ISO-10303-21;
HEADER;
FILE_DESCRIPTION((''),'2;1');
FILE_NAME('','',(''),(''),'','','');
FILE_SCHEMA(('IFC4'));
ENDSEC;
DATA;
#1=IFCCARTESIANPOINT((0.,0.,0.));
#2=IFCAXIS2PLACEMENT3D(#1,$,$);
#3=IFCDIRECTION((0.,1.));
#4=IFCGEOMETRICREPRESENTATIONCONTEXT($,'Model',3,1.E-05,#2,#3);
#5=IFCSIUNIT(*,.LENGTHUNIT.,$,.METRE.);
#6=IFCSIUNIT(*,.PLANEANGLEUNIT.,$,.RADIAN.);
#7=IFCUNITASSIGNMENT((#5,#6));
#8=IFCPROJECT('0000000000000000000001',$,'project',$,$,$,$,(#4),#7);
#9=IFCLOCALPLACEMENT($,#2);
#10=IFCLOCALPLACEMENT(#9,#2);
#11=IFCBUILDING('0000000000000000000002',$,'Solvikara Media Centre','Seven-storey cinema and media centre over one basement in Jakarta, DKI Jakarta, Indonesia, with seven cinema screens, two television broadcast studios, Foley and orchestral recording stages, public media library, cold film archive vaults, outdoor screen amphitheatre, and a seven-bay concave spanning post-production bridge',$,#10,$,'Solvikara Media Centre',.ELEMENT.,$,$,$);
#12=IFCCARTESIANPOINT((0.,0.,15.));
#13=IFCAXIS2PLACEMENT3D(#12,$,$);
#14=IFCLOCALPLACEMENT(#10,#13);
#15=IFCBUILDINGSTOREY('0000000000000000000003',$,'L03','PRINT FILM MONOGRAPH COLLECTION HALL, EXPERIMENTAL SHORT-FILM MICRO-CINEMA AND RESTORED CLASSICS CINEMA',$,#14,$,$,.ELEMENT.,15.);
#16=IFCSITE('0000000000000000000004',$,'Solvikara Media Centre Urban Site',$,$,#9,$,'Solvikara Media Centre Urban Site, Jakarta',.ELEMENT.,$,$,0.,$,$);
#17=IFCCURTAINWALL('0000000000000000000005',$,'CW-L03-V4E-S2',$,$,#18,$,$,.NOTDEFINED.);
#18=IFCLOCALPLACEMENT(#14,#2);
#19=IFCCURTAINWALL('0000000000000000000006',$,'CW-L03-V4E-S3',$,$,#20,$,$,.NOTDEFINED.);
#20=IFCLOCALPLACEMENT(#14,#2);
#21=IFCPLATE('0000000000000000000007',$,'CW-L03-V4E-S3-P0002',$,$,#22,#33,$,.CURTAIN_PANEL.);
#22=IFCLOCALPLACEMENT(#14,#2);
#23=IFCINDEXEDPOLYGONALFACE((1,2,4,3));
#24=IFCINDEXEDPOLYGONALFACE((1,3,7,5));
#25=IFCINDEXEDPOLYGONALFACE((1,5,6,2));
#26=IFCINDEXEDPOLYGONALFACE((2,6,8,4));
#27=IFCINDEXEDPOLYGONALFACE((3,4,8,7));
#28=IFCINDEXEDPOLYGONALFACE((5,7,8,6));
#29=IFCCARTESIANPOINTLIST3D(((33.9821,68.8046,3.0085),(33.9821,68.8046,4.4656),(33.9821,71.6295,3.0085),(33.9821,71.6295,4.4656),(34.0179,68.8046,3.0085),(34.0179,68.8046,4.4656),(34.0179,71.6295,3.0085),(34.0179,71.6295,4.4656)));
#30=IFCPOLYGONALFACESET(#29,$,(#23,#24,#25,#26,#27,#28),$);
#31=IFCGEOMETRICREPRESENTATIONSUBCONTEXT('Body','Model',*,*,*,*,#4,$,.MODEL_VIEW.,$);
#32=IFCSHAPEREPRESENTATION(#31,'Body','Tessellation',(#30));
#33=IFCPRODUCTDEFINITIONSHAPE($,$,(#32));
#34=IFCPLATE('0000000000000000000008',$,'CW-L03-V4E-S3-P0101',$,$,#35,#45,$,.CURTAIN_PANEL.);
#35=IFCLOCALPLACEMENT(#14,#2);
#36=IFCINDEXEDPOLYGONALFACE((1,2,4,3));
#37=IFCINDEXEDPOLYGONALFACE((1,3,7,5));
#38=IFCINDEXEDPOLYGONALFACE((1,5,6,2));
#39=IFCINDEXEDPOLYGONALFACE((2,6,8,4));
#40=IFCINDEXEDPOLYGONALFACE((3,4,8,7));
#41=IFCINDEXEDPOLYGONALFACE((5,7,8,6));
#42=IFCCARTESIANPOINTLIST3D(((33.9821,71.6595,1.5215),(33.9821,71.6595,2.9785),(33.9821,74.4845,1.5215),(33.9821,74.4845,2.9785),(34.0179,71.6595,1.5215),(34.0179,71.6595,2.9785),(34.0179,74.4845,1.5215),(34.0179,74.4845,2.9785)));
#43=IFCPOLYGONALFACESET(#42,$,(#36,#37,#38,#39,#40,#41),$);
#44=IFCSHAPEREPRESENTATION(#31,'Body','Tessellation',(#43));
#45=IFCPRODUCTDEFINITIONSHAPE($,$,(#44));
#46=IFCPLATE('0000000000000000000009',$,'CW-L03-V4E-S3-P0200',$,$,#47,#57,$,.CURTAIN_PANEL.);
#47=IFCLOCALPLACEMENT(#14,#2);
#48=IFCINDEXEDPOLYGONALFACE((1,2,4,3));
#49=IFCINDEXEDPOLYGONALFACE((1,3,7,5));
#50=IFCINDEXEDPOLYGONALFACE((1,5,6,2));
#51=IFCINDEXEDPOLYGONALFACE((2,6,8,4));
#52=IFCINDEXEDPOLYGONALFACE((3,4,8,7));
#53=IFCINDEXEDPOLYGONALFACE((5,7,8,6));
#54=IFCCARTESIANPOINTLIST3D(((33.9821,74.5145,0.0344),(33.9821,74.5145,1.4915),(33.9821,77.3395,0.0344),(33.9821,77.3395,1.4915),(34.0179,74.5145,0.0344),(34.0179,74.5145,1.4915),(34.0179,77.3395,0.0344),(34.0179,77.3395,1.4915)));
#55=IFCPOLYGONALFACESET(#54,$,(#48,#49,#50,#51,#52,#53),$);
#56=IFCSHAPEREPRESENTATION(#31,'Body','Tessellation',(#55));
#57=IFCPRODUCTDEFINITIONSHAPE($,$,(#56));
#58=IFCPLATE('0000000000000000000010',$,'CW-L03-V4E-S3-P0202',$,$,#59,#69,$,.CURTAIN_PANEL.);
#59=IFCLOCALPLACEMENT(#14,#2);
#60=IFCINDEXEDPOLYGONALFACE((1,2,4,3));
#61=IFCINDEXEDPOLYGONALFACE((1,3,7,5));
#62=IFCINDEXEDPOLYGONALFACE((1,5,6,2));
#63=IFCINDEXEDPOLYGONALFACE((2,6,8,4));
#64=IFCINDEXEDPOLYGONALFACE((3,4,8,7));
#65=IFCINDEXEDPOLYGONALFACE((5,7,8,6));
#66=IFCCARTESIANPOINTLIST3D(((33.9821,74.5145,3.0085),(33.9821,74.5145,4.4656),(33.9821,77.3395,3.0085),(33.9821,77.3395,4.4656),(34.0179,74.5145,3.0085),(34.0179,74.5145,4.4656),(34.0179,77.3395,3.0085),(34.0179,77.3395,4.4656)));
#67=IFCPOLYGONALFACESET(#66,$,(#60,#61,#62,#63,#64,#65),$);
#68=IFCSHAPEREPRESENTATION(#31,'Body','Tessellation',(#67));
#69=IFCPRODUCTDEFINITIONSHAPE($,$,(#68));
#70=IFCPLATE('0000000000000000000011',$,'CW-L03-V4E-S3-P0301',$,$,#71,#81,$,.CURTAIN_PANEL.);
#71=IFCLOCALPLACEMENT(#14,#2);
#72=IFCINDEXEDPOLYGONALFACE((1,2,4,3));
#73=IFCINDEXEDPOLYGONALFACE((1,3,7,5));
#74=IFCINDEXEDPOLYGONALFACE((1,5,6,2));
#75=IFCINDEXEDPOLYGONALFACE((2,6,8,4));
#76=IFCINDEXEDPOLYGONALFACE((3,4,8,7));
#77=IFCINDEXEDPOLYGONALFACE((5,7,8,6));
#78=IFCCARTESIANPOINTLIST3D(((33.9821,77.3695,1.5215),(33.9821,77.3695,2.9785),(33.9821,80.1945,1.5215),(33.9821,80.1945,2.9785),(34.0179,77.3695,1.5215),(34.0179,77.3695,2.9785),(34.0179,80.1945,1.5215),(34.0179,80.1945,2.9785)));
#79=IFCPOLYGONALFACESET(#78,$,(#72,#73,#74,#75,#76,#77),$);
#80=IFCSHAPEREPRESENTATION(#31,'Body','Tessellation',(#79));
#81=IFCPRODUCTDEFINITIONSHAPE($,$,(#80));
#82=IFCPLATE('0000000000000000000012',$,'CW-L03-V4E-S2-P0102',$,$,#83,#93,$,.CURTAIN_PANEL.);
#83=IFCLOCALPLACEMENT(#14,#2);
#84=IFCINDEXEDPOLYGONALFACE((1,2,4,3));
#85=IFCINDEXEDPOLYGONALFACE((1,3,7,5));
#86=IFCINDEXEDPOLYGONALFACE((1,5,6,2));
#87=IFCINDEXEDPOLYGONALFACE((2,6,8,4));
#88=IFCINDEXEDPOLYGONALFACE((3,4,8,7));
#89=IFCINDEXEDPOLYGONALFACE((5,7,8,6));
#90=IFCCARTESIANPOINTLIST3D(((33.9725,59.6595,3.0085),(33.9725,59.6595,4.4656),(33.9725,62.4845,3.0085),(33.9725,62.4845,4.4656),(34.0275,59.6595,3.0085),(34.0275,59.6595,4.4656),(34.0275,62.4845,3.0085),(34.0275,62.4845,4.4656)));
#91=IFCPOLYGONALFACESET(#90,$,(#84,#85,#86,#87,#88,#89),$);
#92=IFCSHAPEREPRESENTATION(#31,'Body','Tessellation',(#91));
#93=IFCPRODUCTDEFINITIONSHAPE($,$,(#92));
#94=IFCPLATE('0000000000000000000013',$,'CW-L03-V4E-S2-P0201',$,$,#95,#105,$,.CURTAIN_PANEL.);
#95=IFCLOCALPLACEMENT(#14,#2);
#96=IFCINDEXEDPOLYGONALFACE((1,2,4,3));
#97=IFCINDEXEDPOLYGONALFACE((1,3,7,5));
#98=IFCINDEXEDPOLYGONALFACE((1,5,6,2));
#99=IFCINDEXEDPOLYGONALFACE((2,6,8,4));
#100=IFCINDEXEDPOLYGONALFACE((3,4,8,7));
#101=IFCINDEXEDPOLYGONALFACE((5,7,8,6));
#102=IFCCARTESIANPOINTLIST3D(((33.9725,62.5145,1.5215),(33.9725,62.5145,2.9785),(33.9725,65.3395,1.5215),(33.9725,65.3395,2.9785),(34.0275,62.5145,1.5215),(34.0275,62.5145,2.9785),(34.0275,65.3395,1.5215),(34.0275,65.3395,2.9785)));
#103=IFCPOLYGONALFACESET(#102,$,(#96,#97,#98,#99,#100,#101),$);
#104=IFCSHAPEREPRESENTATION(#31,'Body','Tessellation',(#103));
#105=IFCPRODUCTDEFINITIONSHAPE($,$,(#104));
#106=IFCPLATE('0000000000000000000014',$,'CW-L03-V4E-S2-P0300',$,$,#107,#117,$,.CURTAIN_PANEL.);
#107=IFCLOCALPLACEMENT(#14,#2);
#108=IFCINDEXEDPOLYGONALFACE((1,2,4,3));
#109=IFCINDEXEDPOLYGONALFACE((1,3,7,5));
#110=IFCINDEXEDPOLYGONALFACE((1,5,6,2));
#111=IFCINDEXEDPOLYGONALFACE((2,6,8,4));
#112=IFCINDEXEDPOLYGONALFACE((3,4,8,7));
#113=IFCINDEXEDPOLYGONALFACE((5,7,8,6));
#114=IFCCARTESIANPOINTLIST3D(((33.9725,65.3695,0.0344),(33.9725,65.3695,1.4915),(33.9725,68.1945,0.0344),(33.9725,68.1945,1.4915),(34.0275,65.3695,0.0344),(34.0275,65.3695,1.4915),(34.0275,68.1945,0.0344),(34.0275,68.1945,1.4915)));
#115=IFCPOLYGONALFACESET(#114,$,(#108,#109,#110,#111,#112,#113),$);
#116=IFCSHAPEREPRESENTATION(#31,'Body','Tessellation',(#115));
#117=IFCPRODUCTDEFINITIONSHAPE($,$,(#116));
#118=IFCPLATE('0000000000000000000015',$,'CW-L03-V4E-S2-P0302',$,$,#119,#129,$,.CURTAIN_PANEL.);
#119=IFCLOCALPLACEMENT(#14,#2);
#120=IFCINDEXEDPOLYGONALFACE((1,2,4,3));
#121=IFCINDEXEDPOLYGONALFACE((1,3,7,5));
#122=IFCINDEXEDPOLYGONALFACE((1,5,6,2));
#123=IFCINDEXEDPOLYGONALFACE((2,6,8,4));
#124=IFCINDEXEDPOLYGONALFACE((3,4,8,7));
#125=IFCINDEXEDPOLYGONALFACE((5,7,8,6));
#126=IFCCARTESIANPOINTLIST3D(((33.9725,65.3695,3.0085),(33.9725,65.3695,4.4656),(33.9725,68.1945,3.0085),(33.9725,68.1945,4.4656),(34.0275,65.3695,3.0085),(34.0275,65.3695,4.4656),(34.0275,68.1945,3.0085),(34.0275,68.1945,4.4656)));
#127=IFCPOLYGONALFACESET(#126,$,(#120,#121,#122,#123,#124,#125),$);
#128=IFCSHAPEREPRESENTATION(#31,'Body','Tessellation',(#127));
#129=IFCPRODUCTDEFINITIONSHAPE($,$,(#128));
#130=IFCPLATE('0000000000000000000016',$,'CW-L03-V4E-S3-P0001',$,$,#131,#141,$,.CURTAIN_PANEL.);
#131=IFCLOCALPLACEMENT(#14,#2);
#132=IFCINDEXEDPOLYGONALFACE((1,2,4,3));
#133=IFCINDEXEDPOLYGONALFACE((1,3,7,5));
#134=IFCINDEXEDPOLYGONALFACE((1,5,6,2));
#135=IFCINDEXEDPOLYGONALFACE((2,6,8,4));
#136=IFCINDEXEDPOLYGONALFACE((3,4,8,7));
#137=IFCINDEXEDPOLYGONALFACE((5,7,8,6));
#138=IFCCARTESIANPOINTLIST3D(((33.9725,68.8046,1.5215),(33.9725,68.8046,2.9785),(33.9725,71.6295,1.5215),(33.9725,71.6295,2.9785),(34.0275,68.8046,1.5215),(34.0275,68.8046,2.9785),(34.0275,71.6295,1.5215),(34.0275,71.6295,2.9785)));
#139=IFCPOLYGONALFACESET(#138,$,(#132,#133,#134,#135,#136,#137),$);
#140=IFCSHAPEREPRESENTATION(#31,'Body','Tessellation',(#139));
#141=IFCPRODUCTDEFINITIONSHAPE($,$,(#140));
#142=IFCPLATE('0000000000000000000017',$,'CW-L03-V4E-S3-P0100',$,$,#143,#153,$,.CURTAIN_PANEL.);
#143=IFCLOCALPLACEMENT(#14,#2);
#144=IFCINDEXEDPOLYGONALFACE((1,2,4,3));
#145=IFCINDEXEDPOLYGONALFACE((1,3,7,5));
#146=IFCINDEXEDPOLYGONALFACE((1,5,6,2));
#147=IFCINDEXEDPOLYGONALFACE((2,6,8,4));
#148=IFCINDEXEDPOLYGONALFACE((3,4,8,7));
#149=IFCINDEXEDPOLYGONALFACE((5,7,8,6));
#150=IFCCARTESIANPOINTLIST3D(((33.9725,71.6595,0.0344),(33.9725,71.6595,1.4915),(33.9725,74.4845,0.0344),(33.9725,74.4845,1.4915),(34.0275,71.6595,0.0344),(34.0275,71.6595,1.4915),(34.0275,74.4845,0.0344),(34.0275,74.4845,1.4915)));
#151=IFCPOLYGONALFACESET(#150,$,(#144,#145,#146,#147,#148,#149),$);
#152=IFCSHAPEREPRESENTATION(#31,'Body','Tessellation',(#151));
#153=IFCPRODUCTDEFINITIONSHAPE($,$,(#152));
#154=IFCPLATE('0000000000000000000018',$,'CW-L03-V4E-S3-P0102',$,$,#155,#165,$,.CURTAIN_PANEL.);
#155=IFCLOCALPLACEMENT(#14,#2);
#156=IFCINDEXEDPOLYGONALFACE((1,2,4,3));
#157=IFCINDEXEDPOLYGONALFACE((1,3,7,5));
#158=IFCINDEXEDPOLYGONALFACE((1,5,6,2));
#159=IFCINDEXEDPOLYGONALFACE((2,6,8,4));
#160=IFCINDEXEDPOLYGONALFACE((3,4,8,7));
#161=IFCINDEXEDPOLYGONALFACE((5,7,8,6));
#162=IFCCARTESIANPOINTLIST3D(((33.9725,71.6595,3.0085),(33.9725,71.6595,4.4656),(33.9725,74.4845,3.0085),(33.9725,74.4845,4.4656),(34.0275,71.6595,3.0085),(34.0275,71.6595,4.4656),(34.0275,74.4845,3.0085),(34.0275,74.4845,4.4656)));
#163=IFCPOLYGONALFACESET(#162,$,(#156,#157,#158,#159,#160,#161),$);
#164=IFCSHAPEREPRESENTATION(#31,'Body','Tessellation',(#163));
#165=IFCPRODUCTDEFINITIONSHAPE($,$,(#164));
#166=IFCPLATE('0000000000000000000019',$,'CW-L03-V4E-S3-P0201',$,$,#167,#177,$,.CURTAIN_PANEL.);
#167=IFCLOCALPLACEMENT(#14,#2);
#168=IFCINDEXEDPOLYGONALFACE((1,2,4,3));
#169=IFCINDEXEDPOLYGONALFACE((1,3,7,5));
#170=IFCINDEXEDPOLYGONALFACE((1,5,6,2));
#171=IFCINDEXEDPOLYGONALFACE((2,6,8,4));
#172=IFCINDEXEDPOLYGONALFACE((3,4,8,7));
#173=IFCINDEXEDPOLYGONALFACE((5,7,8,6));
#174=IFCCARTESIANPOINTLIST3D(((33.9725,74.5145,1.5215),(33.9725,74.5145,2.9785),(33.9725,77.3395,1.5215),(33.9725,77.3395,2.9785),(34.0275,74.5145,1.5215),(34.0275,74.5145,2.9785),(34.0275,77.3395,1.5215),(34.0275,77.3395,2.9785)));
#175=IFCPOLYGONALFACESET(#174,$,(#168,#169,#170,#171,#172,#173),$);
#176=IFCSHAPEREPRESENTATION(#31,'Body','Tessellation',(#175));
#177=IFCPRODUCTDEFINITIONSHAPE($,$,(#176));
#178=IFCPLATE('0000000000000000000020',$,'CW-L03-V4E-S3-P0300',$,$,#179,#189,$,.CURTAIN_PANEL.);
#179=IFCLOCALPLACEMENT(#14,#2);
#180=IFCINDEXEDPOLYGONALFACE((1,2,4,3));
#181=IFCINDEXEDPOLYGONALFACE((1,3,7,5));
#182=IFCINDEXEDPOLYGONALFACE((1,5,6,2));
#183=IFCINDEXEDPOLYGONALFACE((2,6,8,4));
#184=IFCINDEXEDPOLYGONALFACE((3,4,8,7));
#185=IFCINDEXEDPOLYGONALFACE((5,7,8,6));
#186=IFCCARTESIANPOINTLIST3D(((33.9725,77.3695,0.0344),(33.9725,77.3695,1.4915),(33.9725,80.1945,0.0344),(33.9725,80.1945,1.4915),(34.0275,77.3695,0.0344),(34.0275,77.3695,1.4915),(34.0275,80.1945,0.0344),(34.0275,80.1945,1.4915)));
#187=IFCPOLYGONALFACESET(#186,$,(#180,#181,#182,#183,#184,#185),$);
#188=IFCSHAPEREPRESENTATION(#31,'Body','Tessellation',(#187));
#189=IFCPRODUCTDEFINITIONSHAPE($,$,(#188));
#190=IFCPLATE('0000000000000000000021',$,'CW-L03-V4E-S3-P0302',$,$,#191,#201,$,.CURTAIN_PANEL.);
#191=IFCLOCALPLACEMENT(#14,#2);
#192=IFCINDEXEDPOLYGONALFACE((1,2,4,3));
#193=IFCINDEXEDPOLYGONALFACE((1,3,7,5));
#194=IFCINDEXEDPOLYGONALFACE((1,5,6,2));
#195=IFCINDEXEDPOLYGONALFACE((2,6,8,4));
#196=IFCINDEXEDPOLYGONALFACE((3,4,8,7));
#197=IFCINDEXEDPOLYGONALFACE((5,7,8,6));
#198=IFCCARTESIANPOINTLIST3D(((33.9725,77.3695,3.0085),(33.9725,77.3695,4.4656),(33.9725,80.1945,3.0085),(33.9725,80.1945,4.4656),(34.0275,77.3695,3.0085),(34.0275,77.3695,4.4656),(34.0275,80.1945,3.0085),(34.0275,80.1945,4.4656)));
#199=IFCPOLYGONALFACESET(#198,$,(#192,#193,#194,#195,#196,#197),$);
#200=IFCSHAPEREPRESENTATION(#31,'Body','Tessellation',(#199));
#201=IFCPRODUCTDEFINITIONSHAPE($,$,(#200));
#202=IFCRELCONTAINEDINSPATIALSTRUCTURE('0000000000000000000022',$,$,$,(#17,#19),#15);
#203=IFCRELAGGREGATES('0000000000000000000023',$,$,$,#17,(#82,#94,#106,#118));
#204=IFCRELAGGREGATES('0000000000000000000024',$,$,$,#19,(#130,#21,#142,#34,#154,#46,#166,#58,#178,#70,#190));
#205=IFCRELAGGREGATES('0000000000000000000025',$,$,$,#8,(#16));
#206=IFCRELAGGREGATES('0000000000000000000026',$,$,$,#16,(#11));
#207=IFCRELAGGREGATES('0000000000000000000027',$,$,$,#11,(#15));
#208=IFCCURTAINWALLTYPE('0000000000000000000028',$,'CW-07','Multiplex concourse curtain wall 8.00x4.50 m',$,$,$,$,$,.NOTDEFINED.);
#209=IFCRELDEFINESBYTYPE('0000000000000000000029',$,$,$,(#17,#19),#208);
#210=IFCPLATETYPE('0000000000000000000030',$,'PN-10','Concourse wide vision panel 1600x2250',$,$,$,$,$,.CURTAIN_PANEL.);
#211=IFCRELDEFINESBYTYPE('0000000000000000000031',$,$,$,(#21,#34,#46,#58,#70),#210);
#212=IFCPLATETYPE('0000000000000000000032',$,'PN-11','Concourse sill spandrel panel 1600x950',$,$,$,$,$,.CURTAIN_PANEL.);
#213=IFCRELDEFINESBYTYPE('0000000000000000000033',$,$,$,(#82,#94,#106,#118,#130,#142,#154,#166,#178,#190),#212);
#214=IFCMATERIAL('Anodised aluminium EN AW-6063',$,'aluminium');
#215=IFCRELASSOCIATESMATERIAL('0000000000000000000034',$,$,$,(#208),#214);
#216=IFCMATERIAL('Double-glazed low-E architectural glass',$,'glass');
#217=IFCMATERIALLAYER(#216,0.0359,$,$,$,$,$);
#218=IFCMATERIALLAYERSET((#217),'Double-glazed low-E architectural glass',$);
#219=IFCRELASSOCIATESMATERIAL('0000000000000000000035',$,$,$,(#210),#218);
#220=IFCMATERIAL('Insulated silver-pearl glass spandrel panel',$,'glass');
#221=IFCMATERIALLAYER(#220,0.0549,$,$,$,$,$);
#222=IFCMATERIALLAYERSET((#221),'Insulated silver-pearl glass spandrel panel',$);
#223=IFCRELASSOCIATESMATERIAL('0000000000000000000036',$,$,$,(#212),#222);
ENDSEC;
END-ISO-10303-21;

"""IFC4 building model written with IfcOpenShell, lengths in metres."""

from ifc_helpers import new_model, si_unit, direction, frame, origin, origin_2d, place, context, subcontext, project, spatial, rectangle, extrude, material, layer, layer_set, type_object, element, aggregate, save


model = new_model("IFC4")

# Units and contexts
model_context = context("Model", 3, precision=1e-05, world=origin(), true_north=direction((0.0, 1.0)))
body_context = subcontext(model_context, "Body", "Model", "MODEL_VIEW")
ifc_project = project(units=[si_unit("LENGTHUNIT", "METRE"), si_unit("PLANEANGLEUNIT", "RADIAN")], contexts=[model_context])

# Site, building, storey
site_placement = place(None, origin())
site = spatial("IfcSite", under=ifc_project, at=site_placement, Name="Solvikara Media Centre Urban Site", LongName="Solvikara Media Centre Urban Site, Jakarta", CompositionType="ELEMENT", RefElevation=0.0)
building_placement = place(site_placement, origin())
building = spatial("IfcBuilding", under=site, at=building_placement, Name="Solvikara Media Centre", Description="Seven-storey cinema and media centre over one basement in Jakarta, DKI Jakarta, Indonesia, with seven cinema screens, two television broadcast studios, Foley and orchestral recording stages, public media library, cold film archive vaults, outdoor screen amphitheatre, and a seven-bay concave spanning post-production bridge", LongName="Solvikara Media Centre", CompositionType="ELEMENT")
storey_placement = place(building_placement, frame((0.0, 0.0, 15.0)))
storey = spatial("IfcBuildingStorey", under=building, at=storey_placement, Name="L03", Description="PRINT FILM MONOGRAPH COLLECTION HALL, EXPERIMENTAL SHORT-FILM MICRO-CINEMA AND RESTORED CLASSICS CINEMA", CompositionType="ELEMENT", Elevation=15.0)

# Curtain walls
ifc_material_1 = material(Name="Anodised aluminium EN AW-6063", Category="aluminium")
curtain_wall_type = type_object("IfcCurtainWallType", Name="CW-07", Description="Multiplex concourse curtain wall 8.00x4.50 m", PredefinedType="NOTDEFINED", material=ifc_material_1)
curtain_wall_1_placement = place(storey_placement, origin())
curtain_wall_1 = element("IfcCurtainWall", 1, at=curtain_wall_1_placement, inside=storey, type_object=curtain_wall_type, Name="CW-L03-V4E-S2", PredefinedType="NOTDEFINED")
curtain_wall_2_placement = place(storey_placement, origin())
curtain_wall_2 = element("IfcCurtainWall", 2, at=curtain_wall_2_placement, inside=storey, type_object=curtain_wall_type, Name="CW-L03-V4E-S3", PredefinedType="NOTDEFINED")

# Plates
ifc_material_2 = material(Name="Double-glazed low-E architectural glass", Category="glass")
ifc_layer_1 = layer(ifc_material_2, 0.0359)
ifc_layer_set_1 = layer_set([ifc_layer_1], Name="Double-glazed low-E architectural glass")
plate_type_1 = type_object("IfcPlateType", Name="PN-10", Description="Concourse wide vision panel 1600x2250", PredefinedType="CURTAIN_PANEL", material=ifc_layer_set_1)
plate_1_placement = place(storey_placement, frame((34.0, 70.217, 3.0085), z_axis=(0.0, 0.0, 1.0), x_axis=(0.0, 1.0, 0.0)))
plate_1 = element("IfcPlate", 3, at=plate_1_placement, type_object=plate_type_1, Name="CW-L03-V4E-S3-P0002", PredefinedType="CURTAIN_PANEL", context=body_context, shape_type="SweptSolid", body=[
    extrude(rectangle(XDim=2.825, YDim=0.0359, at=origin_2d()), origin(), (0.0, 0.0, 1.0), 1.457),
])
plate_2_placement = place(storey_placement, frame((34.0, 73.072, 1.5215), z_axis=(0.0, 0.0, 1.0), x_axis=(0.0, 1.0, 0.0)))
plate_2 = element("IfcPlate", 4, at=plate_2_placement, type_object=plate_type_1, Name="CW-L03-V4E-S3-P0101", PredefinedType="CURTAIN_PANEL", context=body_context, shape_type="SweptSolid", body=[
    extrude(rectangle(XDim=2.825, YDim=0.0359, at=origin_2d()), origin(), (0.0, 0.0, 1.0), 1.457),
])
plate_3_placement = place(storey_placement, frame((34.0, 75.927, 0.0344), z_axis=(0.0, 0.0, 1.0), x_axis=(0.0, 1.0, 0.0)))
plate_3 = element("IfcPlate", 5, at=plate_3_placement, type_object=plate_type_1, Name="CW-L03-V4E-S3-P0200", PredefinedType="CURTAIN_PANEL", context=body_context, shape_type="SweptSolid", body=[
    extrude(rectangle(XDim=2.825, YDim=0.0359, at=origin_2d()), origin(), (0.0, 0.0, 1.0), 1.457),
])
plate_4_placement = place(storey_placement, frame((34.0, 75.927, 3.0085), z_axis=(0.0, 0.0, 1.0), x_axis=(0.0, 1.0, 0.0)))
plate_4 = element("IfcPlate", 6, at=plate_4_placement, type_object=plate_type_1, Name="CW-L03-V4E-S3-P0202", PredefinedType="CURTAIN_PANEL", context=body_context, shape_type="SweptSolid", body=[
    extrude(rectangle(XDim=2.825, YDim=0.0359, at=origin_2d()), origin(), (0.0, 0.0, 1.0), 1.457),
])
plate_5_placement = place(storey_placement, frame((34.0, 78.782, 1.5215), z_axis=(0.0, 0.0, 1.0), x_axis=(0.0, 1.0, 0.0)))
plate_5 = element("IfcPlate", 7, at=plate_5_placement, type_object=plate_type_1, Name="CW-L03-V4E-S3-P0301", PredefinedType="CURTAIN_PANEL", context=body_context, shape_type="SweptSolid", body=[
    extrude(rectangle(XDim=2.825, YDim=0.0359, at=origin_2d()), origin(), (0.0, 0.0, 1.0), 1.457),
])
ifc_material_3 = material(Name="Insulated silver-pearl glass spandrel panel", Category="glass")
ifc_layer_2 = layer(ifc_material_3, 0.0549)
ifc_layer_set_2 = layer_set([ifc_layer_2], Name="Insulated silver-pearl glass spandrel panel")
plate_type_2 = type_object("IfcPlateType", Name="PN-11", Description="Concourse sill spandrel panel 1600x950", PredefinedType="CURTAIN_PANEL", material=ifc_layer_set_2)
plate_6_placement = place(storey_placement, frame((34.0, 61.072, 3.0085), z_axis=(0.0, 0.0, 1.0), x_axis=(0.0, 1.0, 0.0)))
plate_6 = element("IfcPlate", 8, at=plate_6_placement, type_object=plate_type_2, Name="CW-L03-V4E-S2-P0102", PredefinedType="CURTAIN_PANEL", context=body_context, shape_type="SweptSolid", body=[
    extrude(rectangle(XDim=2.825, YDim=0.0549, at=origin_2d()), origin(), (0.0, 0.0, 1.0), 1.457),
])
plate_7_placement = place(storey_placement, frame((34.0, 63.927, 1.5215), z_axis=(0.0, 0.0, 1.0), x_axis=(0.0, 1.0, 0.0)))
plate_7 = element("IfcPlate", 9, at=plate_7_placement, type_object=plate_type_2, Name="CW-L03-V4E-S2-P0201", PredefinedType="CURTAIN_PANEL", context=body_context, shape_type="SweptSolid", body=[
    extrude(rectangle(XDim=2.825, YDim=0.0549, at=origin_2d()), origin(), (0.0, 0.0, 1.0), 1.457),
])
plate_8_placement = place(storey_placement, frame((34.0, 66.782, 0.0344), z_axis=(0.0, 0.0, 1.0), x_axis=(0.0, 1.0, 0.0)))
plate_8 = element("IfcPlate", 10, at=plate_8_placement, type_object=plate_type_2, Name="CW-L03-V4E-S2-P0300", PredefinedType="CURTAIN_PANEL", context=body_context, shape_type="SweptSolid", body=[
    extrude(rectangle(XDim=2.825, YDim=0.0549, at=origin_2d()), origin(), (0.0, 0.0, 1.0), 1.457),
])
plate_9_placement = place(storey_placement, frame((34.0, 66.782, 3.0085), z_axis=(0.0, 0.0, 1.0), x_axis=(0.0, 1.0, 0.0)))
plate_9 = element("IfcPlate", 11, at=plate_9_placement, type_object=plate_type_2, Name="CW-L03-V4E-S2-P0302", PredefinedType="CURTAIN_PANEL", context=body_context, shape_type="SweptSolid", body=[
    extrude(rectangle(XDim=2.825, YDim=0.0549, at=origin_2d()), origin(), (0.0, 0.0, 1.0), 1.457),
])
aggregate(curtain_wall_1, [plate_6, plate_7, plate_8, plate_9])
plate_10_placement = place(storey_placement, frame((34.0, 70.217, 1.5215), z_axis=(0.0, 0.0, 1.0), x_axis=(0.0, 1.0, 0.0)))
plate_10 = element("IfcPlate", 12, at=plate_10_placement, type_object=plate_type_2, Name="CW-L03-V4E-S3-P0001", PredefinedType="CURTAIN_PANEL", context=body_context, shape_type="SweptSolid", body=[
    extrude(rectangle(XDim=2.825, YDim=0.0549, at=origin_2d()), origin(), (0.0, 0.0, 1.0), 1.457),
])
plate_11_placement = place(storey_placement, frame((34.0, 73.072, 0.0344), z_axis=(0.0, 0.0, 1.0), x_axis=(0.0, 1.0, 0.0)))
plate_11 = element("IfcPlate", 13, at=plate_11_placement, type_object=plate_type_2, Name="CW-L03-V4E-S3-P0100", PredefinedType="CURTAIN_PANEL", context=body_context, shape_type="SweptSolid", body=[
    extrude(rectangle(XDim=2.825, YDim=0.0549, at=origin_2d()), origin(), (0.0, 0.0, 1.0), 1.457),
])
plate_12_placement = place(storey_placement, frame((34.0, 73.072, 3.0085), z_axis=(0.0, 0.0, 1.0), x_axis=(0.0, 1.0, 0.0)))
plate_12 = element("IfcPlate", 14, at=plate_12_placement, type_object=plate_type_2, Name="CW-L03-V4E-S3-P0102", PredefinedType="CURTAIN_PANEL", context=body_context, shape_type="SweptSolid", body=[
    extrude(rectangle(XDim=2.825, YDim=0.0549, at=origin_2d()), origin(), (0.0, 0.0, 1.0), 1.457),
])
plate_13_placement = place(storey_placement, frame((34.0, 75.927, 1.5215), z_axis=(0.0, 0.0, 1.0), x_axis=(0.0, 1.0, 0.0)))
plate_13 = element("IfcPlate", 15, at=plate_13_placement, type_object=plate_type_2, Name="CW-L03-V4E-S3-P0201", PredefinedType="CURTAIN_PANEL", context=body_context, shape_type="SweptSolid", body=[
    extrude(rectangle(XDim=2.825, YDim=0.0549, at=origin_2d()), origin(), (0.0, 0.0, 1.0), 1.457),
])
plate_14_placement = place(storey_placement, frame((34.0, 78.782, 0.0344), z_axis=(0.0, 0.0, 1.0), x_axis=(0.0, 1.0, 0.0)))
plate_14 = element("IfcPlate", 16, at=plate_14_placement, type_object=plate_type_2, Name="CW-L03-V4E-S3-P0300", PredefinedType="CURTAIN_PANEL", context=body_context, shape_type="SweptSolid", body=[
    extrude(rectangle(XDim=2.825, YDim=0.0549, at=origin_2d()), origin(), (0.0, 0.0, 1.0), 1.457),
])
plate_15_placement = place(storey_placement, frame((34.0, 78.782, 3.0085), z_axis=(0.0, 0.0, 1.0), x_axis=(0.0, 1.0, 0.0)))
plate_15 = element("IfcPlate", 17, at=plate_15_placement, type_object=plate_type_2, Name="CW-L03-V4E-S3-P0302", PredefinedType="CURTAIN_PANEL", context=body_context, shape_type="SweptSolid", body=[
    extrude(rectangle(XDim=2.825, YDim=0.0549, at=origin_2d()), origin(), (0.0, 0.0, 1.0), 1.457),
])
aggregate(curtain_wall_2, [plate_10, plate_1, plate_11, plate_2, plate_12, plate_3, plate_13, plate_4, plate_14, plate_5, plate_15])

save(model, "model.ifc")
